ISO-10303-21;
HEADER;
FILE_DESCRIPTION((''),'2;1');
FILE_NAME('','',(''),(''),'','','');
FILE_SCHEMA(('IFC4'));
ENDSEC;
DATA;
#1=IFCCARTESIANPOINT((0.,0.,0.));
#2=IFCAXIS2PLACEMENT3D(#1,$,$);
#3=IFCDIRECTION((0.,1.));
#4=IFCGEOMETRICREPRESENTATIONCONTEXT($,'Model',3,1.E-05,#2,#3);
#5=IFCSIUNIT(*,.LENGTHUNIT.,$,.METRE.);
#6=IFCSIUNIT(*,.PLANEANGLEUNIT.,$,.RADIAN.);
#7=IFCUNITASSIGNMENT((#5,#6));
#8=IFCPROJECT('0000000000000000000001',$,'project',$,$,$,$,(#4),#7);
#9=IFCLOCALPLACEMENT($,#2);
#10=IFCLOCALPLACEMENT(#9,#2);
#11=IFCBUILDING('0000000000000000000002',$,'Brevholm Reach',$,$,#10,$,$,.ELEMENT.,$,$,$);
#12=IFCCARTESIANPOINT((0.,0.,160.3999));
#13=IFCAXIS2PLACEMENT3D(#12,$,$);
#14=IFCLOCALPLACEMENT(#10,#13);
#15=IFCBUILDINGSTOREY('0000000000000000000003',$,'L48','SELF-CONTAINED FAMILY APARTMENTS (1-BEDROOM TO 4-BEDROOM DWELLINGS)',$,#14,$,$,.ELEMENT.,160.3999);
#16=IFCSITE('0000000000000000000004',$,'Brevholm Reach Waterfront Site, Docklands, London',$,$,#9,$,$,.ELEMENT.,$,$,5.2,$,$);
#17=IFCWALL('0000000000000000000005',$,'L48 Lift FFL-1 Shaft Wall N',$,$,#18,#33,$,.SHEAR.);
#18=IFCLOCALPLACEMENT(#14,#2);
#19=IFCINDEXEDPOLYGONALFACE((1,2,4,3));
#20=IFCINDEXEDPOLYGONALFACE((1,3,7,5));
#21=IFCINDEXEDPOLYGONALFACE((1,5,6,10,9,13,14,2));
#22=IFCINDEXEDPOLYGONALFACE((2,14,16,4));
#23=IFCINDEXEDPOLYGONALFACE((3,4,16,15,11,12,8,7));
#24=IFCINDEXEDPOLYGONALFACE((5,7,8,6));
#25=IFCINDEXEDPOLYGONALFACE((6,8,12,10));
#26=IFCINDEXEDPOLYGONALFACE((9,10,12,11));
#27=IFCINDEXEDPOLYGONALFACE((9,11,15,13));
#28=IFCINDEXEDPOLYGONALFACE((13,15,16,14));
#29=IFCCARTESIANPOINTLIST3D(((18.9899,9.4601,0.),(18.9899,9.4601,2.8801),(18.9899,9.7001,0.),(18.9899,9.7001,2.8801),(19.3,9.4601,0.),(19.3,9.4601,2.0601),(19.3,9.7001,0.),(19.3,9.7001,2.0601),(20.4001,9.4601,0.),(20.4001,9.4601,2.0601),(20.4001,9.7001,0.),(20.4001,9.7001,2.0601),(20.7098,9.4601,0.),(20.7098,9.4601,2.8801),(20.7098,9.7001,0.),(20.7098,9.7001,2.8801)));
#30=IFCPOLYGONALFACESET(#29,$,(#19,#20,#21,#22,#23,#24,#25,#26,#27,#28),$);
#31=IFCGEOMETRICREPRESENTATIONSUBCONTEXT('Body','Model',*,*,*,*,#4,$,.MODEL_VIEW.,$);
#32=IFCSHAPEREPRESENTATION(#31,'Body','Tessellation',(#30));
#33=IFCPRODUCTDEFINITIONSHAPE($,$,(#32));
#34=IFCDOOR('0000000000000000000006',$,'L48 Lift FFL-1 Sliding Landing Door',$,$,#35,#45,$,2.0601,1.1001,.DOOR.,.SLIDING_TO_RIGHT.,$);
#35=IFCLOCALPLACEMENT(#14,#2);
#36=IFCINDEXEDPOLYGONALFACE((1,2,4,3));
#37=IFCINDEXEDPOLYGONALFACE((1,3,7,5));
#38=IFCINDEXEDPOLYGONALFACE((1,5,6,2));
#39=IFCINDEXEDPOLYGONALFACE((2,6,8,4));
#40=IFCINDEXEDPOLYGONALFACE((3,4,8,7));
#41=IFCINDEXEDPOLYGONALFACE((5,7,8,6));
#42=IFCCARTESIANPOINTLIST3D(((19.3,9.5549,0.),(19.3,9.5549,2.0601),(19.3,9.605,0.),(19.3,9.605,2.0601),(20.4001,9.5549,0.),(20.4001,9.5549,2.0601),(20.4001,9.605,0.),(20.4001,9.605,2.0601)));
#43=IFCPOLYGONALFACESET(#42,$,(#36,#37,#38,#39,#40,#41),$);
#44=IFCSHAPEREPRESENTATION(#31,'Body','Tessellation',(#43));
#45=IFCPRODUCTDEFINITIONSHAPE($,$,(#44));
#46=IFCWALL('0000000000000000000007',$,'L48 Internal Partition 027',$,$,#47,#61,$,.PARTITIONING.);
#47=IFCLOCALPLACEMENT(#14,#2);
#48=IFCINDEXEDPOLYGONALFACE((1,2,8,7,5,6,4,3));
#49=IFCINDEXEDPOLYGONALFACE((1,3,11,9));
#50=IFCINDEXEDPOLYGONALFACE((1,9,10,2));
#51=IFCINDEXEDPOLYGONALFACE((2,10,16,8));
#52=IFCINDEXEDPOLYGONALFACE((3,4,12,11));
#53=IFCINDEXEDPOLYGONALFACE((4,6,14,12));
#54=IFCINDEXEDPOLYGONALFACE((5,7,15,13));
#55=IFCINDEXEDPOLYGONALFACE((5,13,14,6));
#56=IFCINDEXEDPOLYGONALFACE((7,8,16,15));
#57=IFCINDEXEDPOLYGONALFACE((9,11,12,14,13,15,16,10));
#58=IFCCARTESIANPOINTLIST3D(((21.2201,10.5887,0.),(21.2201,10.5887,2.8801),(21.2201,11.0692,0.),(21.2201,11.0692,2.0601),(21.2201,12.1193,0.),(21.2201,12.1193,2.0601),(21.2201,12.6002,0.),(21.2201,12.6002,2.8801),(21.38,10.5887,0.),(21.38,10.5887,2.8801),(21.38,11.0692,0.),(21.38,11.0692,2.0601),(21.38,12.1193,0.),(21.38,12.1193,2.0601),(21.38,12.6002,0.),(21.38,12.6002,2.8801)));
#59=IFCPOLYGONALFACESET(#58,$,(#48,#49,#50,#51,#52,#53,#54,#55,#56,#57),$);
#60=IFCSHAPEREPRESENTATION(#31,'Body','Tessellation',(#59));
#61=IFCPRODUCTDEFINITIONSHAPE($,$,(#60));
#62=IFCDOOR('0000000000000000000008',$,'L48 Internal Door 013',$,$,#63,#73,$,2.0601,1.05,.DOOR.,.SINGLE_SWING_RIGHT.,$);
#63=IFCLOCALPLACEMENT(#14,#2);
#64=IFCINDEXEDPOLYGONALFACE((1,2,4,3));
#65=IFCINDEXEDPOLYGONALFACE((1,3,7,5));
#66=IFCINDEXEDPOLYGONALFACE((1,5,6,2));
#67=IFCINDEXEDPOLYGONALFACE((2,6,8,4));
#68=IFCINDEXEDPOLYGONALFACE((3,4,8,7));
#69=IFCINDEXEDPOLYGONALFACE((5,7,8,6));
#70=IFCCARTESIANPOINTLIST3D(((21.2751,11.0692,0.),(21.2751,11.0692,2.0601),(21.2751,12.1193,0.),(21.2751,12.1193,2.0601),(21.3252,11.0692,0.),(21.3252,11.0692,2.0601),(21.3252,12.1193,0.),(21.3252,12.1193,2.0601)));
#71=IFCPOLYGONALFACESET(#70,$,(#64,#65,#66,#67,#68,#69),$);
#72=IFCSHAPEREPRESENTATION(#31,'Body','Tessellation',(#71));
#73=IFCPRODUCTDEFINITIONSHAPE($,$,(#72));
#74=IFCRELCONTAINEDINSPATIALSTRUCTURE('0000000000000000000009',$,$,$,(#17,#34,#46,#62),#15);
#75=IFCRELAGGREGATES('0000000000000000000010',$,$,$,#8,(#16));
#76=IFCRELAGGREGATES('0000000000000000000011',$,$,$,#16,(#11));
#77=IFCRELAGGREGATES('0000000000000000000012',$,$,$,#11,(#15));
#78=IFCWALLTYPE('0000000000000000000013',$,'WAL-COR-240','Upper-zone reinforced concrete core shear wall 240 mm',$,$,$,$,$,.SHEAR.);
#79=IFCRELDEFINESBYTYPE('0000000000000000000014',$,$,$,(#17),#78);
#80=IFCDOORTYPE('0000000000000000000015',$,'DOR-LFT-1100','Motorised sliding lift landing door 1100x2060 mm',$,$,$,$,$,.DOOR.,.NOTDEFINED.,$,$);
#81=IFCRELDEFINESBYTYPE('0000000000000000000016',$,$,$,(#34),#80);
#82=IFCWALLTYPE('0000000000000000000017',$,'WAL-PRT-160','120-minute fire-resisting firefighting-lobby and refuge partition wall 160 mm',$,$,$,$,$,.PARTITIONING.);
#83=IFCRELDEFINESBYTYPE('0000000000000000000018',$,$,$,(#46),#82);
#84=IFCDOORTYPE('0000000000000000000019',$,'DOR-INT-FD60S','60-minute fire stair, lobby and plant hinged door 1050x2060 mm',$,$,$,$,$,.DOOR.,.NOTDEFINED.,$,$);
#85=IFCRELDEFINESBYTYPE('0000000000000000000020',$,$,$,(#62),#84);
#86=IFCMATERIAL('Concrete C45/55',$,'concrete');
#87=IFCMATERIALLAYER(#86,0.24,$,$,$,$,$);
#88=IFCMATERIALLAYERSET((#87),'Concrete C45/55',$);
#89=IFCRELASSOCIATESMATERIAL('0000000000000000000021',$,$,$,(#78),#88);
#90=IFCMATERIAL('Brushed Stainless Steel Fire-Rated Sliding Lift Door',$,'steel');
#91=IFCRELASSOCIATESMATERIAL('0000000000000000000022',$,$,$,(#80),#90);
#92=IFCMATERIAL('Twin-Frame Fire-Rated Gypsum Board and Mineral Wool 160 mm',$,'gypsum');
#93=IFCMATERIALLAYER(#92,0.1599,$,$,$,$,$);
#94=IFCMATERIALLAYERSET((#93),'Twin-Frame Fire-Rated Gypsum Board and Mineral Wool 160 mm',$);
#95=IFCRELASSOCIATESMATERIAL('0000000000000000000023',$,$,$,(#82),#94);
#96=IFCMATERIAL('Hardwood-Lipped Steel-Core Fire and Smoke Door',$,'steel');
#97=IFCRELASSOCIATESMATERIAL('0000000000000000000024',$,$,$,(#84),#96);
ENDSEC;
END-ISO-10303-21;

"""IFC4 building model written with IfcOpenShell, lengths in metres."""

from ifc_helpers import new_model, si_unit, direction, frame, frame_2d, origin, place, context, subcontext, project, spatial, rectangle, extrude, material, layer, layer_set, type_object, element, fill, save


model = new_model("IFC4")

# Units and contexts
model_context = context("Model", 3, precision=1e-05, world=origin(), true_north=direction((0.0, 1.0)))
body_context = subcontext(model_context, "Body", "Model", "MODEL_VIEW")
ifc_project = project(units=[si_unit("LENGTHUNIT", "METRE"), si_unit("PLANEANGLEUNIT", "RADIAN")], contexts=[model_context])

# Site, building, storey
site_placement = place(None, origin())
site = spatial("IfcSite", under=ifc_project, at=site_placement, Name="Brevholm Reach Waterfront Site, Docklands, London", CompositionType="ELEMENT", RefElevation=5.2)
building_placement = place(site_placement, origin())
building = spatial("IfcBuilding", under=site, at=building_placement, Name="Brevholm Reach", CompositionType="ELEMENT")
storey_placement = place(building_placement, frame((0.0, 0.0, 160.3999)))
storey = spatial("IfcBuildingStorey", under=building, at=storey_placement, Name="L48", Description="SELF-CONTAINED FAMILY APARTMENTS (1-BEDROOM TO 4-BEDROOM DWELLINGS)", CompositionType="ELEMENT", Elevation=160.3999)

# Walls, openings, doors
ifc_material_1 = material(Name="Concrete C45/55", Category="concrete")
ifc_layer_1 = layer(ifc_material_1, 0.24)
ifc_layer_set_1 = layer_set([ifc_layer_1], Name="Concrete C45/55")
wall_type_1 = type_object("IfcWallType", Name="WAL-COR-240", Description="Upper-zone reinforced concrete core shear wall 240 mm", PredefinedType="SHEAR", material=ifc_layer_set_1)
wall_1_placement = place(storey_placement, frame((18.99, 9.5801, 0.0), z_axis=(0.0, 0.0, 1.0), x_axis=(1.0, 0.0, 0.0)))
wall_1 = element("IfcWall", 1, at=wall_1_placement, inside=storey, type_object=wall_type_1, Name="L48 Lift FFL-1 Shaft Wall N", PredefinedType="SHEAR", context=body_context, shape_type="SweptSolid", body=[
    extrude(rectangle(XDim=1.72, YDim=0.24, at=frame_2d((0.8599, 0.0))), origin(), (0.0, 0.0, 1.0), 2.8801),
])
opening_1_placement = place(wall_1_placement, frame((0.3101, 0.0, 0.0)))
opening_1 = element("IfcOpeningElement", 2, at=opening_1_placement, cuts=wall_1, PredefinedType="OPENING", context=body_context, shape_type="SweptSolid", body=[
    extrude(rectangle(XDim=1.1001, YDim=2.0601, at=frame_2d((0.55, 1.03))), frame((0.0, 0.1299, 0.0), z_axis=(0.0, -1.0, 0.0), x_axis=(1.0, 0.0, 0.0)), (0.0, 0.0, 1.0), 0.26),
])
ifc_material_2 = material(Name="Brushed Stainless Steel Fire-Rated Sliding Lift Door", Category="steel")
door_type_1 = type_object("IfcDoorType", Name="DOR-LFT-1100", Description="Motorised sliding lift landing door 1100x2060 mm", OperationType="NOTDEFINED", PredefinedType="DOOR", material=ifc_material_2)
door_1_placement = place(opening_1_placement, origin())
door_1 = element("IfcDoor", 3, at=door_1_placement, inside=storey, type_object=door_type_1, Name="L48 Lift FFL-1 Sliding Landing Door", OperationType="SLIDING_TO_RIGHT", OverallHeight=2.0601, OverallWidth=1.1001, PredefinedType="DOOR", context=body_context, shape_type="SweptSolid", body=[
    extrude(rectangle(XDim=1.1001, YDim=2.0601, at=frame_2d((0.55, 1.03))), frame((0.0, 0.0249, 0.0), z_axis=(0.0, -1.0, 0.0), x_axis=(1.0, 0.0, 0.0)), (0.0, 0.0, 1.0), 0.05),
])
fill(opening_1, door_1)
ifc_material_3 = material(Name="Twin-Frame Fire-Rated Gypsum Board and Mineral Wool 160 mm", Category="gypsum")
ifc_layer_2 = layer(ifc_material_3, 0.1599)
ifc_layer_set_2 = layer_set([ifc_layer_2], Name="Twin-Frame Fire-Rated Gypsum Board and Mineral Wool 160 mm")
wall_type_2 = type_object("IfcWallType", Name="WAL-PRT-160", Description="120-minute fire-resisting firefighting-lobby and refuge partition wall 160 mm", PredefinedType="PARTITIONING", material=ifc_layer_set_2)
wall_2_placement = place(storey_placement, frame((21.3, 10.5886, 0.0), z_axis=(0.0, 0.0, 1.0), x_axis=(0.0, 1.0, 0.0)))
wall_2 = element("IfcWall", 4, at=wall_2_placement, inside=storey, type_object=wall_type_2, Name="L48 Internal Partition 027", PredefinedType="PARTITIONING", context=body_context, shape_type="SweptSolid", body=[
    extrude(rectangle(XDim=2.0115, YDim=0.1599, at=frame_2d((1.0059, 0.0))), origin(), (0.0, 0.0, 1.0), 2.8801),
])
opening_2_placement = place(wall_2_placement, frame((0.4807, 0.0, 0.0)))
opening_2 = element("IfcOpeningElement", 5, at=opening_2_placement, cuts=wall_2, PredefinedType="OPENING", context=body_context, shape_type="SweptSolid", body=[
    extrude(rectangle(XDim=1.05, YDim=2.0601, at=frame_2d((0.5249, 1.03))), frame((0.0, 0.0898, 0.0), z_axis=(0.0, -1.0, 0.0), x_axis=(1.0, 0.0, 0.0)), (0.0, 0.0, 1.0), 0.1799),
])
ifc_material_4 = material(Name="Hardwood-Lipped Steel-Core Fire and Smoke Door", Category="steel")
door_type_2 = type_object("IfcDoorType", Name="DOR-INT-FD60S", Description="60-minute fire stair, lobby and plant hinged door 1050x2060 mm", OperationType="NOTDEFINED", PredefinedType="DOOR", material=ifc_material_4)
door_2_placement = place(opening_2_placement, origin())
door_2 = element("IfcDoor", 6, at=door_2_placement, inside=storey, type_object=door_type_2, Name="L48 Internal Door 013", OperationType="SINGLE_SWING_RIGHT", OverallHeight=2.0601, OverallWidth=1.05, PredefinedType="DOOR", context=body_context, shape_type="SweptSolid", body=[
    extrude(rectangle(XDim=1.05, YDim=2.0601, at=frame_2d((0.5249, 1.03))), frame((0.0, 0.0249, 0.0), z_axis=(0.0, -1.0, 0.0), x_axis=(1.0, 0.0, 0.0)), (0.0, 0.0, 1.0), 0.05),
])
fill(opening_2, door_2)

save(model, "model.ifc")
